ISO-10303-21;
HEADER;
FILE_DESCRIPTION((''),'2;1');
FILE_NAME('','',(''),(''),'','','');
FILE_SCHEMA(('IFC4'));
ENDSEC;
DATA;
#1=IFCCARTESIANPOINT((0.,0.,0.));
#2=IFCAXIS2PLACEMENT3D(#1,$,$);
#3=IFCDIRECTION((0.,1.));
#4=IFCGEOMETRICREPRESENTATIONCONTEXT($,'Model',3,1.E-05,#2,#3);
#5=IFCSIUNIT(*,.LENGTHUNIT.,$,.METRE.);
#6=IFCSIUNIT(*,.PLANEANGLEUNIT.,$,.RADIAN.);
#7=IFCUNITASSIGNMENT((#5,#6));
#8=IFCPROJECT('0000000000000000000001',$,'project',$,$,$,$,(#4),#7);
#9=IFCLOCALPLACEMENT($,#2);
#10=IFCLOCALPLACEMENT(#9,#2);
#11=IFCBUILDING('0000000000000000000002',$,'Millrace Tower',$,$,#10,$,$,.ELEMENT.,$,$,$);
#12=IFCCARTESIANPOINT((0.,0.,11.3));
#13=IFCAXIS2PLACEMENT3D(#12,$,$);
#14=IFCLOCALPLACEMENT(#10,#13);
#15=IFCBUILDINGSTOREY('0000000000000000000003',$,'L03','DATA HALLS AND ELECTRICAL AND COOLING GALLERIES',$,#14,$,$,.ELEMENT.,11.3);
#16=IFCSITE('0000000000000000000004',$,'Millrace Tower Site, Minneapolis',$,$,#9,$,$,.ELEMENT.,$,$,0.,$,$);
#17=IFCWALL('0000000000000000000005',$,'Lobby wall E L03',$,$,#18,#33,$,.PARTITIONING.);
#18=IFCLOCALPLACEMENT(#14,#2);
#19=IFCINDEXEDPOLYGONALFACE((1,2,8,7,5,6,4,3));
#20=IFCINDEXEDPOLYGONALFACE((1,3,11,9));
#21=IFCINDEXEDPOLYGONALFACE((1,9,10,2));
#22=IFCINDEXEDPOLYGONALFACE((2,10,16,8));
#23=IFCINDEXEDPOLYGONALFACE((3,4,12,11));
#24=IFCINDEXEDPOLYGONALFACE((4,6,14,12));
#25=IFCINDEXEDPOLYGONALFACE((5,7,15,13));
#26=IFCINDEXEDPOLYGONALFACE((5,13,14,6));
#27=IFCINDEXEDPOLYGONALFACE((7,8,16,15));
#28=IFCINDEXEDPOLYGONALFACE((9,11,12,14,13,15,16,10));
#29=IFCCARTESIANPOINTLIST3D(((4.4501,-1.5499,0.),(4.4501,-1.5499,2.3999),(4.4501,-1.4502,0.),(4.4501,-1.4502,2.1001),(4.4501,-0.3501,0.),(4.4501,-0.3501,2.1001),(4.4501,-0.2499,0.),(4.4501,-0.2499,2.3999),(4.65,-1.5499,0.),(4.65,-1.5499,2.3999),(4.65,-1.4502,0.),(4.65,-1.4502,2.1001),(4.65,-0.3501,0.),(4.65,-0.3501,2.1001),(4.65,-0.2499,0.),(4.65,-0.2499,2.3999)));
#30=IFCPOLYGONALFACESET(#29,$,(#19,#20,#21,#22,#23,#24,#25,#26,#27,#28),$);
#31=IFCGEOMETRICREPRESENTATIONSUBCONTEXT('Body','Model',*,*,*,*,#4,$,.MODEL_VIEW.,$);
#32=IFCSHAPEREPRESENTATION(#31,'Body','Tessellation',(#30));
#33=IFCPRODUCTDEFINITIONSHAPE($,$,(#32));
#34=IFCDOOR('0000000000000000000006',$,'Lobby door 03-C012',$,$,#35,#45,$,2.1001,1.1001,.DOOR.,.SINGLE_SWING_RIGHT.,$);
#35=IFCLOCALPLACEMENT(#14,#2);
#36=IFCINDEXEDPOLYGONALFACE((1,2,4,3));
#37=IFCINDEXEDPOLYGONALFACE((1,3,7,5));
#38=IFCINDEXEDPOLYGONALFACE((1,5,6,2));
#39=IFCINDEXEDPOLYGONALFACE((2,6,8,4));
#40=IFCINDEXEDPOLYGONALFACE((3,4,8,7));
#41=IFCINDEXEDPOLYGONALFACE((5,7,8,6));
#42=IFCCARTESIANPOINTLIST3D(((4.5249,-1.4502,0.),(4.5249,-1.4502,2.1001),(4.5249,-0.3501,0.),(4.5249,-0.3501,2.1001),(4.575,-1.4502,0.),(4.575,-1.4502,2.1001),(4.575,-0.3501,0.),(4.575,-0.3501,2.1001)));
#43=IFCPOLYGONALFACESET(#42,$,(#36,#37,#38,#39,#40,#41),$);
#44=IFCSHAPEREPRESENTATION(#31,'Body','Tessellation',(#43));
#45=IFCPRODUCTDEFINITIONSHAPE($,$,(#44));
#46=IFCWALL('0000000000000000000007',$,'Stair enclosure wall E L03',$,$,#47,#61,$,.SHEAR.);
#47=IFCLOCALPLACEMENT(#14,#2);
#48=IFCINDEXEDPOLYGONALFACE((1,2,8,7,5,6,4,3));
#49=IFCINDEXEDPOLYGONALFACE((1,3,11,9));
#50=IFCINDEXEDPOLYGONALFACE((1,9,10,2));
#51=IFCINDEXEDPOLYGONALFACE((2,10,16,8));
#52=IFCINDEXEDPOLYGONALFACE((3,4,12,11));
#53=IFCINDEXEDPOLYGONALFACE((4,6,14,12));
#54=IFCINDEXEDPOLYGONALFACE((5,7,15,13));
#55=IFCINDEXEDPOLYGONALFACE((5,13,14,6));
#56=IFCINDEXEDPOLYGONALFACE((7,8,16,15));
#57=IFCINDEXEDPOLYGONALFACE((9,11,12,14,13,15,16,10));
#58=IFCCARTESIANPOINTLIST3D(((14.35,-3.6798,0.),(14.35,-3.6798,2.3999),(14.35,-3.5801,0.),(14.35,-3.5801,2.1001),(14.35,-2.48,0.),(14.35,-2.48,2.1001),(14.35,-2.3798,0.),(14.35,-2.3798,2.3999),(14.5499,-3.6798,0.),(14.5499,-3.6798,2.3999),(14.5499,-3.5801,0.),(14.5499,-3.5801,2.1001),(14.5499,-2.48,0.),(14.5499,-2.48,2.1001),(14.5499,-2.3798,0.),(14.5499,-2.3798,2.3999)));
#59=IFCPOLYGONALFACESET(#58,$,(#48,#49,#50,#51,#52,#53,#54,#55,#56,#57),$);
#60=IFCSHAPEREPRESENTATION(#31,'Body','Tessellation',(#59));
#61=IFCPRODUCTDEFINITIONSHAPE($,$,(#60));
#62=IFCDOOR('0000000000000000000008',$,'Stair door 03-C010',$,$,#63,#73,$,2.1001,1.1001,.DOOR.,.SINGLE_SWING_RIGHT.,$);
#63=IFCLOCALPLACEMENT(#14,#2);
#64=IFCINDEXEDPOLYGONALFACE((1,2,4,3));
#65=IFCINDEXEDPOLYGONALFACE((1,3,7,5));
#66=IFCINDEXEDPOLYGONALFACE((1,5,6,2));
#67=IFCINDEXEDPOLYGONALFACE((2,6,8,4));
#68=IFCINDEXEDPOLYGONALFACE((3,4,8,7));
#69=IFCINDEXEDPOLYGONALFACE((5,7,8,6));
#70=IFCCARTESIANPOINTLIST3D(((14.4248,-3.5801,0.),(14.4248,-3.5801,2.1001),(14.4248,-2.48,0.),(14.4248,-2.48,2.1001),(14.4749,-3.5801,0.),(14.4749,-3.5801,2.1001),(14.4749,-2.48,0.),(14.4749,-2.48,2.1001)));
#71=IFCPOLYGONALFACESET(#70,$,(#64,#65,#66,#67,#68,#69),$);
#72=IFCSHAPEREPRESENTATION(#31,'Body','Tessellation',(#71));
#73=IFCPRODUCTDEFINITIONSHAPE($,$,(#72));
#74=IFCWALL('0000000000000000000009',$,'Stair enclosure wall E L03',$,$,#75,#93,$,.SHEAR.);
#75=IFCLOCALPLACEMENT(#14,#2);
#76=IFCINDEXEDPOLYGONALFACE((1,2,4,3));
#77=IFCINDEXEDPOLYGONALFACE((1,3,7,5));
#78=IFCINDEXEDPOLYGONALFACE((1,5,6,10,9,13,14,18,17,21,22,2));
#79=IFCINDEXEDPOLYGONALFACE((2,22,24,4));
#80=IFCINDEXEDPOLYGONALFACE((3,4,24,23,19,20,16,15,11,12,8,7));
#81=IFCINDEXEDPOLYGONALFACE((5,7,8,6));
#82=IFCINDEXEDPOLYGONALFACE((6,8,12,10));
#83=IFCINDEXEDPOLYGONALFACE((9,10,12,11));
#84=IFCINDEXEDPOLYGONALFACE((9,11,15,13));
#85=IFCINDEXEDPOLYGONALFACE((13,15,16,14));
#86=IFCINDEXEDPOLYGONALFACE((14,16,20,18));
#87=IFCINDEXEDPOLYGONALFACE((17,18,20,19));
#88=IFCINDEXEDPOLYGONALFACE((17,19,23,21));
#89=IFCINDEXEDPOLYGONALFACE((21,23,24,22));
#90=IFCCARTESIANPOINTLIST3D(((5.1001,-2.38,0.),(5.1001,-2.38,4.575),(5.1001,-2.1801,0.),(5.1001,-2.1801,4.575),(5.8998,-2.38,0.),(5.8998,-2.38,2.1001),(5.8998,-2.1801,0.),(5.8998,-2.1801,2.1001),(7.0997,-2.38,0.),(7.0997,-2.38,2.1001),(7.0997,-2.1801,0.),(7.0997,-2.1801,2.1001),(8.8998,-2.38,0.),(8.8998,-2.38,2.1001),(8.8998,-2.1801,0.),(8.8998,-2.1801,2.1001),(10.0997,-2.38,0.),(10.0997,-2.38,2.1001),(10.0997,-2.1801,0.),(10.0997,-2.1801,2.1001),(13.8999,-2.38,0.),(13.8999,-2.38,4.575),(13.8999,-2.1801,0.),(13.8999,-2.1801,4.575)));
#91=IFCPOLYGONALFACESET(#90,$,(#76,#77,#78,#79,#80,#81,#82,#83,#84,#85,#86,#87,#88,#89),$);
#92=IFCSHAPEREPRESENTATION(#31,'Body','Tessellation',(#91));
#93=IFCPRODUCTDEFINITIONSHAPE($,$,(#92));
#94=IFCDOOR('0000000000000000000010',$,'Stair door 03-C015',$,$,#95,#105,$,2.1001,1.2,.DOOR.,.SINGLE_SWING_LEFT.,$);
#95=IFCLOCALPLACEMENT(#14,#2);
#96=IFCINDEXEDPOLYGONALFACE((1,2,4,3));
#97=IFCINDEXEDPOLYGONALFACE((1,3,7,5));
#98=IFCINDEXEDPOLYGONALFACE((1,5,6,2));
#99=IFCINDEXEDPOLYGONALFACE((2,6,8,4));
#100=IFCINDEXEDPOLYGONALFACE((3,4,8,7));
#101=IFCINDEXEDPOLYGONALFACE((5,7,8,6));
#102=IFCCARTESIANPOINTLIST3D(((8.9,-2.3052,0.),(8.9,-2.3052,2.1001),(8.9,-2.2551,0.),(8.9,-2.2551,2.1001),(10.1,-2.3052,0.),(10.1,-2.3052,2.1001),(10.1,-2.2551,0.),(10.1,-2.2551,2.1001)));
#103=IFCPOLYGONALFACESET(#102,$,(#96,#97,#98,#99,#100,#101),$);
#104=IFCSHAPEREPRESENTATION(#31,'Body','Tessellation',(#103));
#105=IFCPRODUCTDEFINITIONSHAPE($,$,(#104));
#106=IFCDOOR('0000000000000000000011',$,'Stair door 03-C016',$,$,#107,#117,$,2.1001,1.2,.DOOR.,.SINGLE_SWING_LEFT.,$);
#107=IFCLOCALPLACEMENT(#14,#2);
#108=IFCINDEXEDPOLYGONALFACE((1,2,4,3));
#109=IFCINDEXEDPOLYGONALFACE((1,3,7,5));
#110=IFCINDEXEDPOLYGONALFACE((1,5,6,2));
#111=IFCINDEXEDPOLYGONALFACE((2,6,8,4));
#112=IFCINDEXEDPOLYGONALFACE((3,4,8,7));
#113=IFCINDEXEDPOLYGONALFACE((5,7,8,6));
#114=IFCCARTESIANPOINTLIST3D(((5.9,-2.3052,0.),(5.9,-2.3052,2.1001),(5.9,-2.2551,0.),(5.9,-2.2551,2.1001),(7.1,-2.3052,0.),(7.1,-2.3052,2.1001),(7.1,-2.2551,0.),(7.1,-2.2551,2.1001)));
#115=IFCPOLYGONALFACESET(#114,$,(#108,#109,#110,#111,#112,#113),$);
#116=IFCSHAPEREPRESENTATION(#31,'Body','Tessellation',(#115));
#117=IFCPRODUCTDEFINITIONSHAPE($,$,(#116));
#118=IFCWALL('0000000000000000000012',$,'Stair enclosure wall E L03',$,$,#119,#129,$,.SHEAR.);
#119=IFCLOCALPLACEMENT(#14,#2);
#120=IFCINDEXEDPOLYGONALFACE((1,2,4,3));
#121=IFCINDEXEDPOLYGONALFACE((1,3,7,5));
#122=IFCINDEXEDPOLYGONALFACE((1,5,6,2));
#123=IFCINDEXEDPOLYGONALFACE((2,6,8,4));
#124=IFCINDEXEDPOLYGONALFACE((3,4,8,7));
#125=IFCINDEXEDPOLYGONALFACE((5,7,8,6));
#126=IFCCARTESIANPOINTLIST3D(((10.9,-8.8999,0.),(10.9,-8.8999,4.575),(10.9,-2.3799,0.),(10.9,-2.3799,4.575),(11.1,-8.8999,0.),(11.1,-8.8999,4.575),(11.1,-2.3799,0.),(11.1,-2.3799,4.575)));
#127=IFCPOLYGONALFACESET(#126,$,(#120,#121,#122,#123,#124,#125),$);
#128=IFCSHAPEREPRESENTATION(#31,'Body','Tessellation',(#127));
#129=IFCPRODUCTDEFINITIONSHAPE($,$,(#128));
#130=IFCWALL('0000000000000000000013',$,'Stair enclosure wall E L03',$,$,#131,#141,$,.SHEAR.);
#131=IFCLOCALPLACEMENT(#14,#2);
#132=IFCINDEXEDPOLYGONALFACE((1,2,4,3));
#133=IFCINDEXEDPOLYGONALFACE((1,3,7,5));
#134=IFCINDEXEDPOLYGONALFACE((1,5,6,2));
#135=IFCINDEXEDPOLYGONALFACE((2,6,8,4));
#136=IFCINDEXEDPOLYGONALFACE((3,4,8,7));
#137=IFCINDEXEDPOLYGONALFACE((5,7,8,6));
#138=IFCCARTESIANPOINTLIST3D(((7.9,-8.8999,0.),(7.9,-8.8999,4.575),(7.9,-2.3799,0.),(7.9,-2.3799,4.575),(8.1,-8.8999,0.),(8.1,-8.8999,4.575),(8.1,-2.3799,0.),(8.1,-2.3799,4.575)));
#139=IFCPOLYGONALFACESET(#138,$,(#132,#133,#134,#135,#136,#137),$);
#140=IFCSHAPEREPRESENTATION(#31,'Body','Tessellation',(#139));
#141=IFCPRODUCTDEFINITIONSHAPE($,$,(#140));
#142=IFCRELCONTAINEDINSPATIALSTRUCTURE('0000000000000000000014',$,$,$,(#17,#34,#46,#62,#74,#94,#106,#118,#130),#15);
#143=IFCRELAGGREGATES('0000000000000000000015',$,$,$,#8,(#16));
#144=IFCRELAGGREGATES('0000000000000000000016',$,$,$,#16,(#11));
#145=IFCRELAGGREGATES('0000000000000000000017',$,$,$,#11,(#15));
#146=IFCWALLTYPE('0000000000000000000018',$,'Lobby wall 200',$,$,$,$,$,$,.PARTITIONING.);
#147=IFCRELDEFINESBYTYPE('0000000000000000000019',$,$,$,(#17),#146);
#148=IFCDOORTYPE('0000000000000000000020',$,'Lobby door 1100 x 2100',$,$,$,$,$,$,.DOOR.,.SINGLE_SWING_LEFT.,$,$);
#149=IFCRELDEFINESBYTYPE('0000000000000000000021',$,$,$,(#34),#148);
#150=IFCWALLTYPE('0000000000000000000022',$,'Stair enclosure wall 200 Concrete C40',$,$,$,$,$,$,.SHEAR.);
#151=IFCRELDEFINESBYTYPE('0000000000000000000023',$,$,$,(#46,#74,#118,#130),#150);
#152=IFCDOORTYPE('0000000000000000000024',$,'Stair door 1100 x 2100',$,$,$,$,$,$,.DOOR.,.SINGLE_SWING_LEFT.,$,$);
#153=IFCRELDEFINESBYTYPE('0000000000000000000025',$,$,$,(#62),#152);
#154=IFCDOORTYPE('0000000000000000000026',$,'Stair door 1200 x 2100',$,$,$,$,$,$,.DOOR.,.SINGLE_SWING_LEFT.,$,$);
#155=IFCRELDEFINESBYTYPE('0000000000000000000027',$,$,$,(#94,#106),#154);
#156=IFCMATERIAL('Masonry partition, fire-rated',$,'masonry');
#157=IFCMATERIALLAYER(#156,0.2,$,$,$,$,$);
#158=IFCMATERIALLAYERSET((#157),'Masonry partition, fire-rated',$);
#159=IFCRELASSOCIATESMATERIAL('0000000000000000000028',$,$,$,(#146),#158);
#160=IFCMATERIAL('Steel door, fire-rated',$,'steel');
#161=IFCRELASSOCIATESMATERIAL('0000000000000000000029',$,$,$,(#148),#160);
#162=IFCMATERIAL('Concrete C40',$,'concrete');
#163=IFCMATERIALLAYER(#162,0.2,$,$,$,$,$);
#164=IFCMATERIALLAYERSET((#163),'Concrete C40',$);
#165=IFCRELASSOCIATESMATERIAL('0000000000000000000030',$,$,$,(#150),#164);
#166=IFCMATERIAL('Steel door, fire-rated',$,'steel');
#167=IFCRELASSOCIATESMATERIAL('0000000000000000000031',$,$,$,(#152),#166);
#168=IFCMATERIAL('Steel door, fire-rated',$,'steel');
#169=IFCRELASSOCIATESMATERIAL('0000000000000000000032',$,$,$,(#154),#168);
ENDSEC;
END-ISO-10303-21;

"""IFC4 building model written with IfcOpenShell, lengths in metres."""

from ifc_helpers import new_model, si_unit, direction, frame, frame_2d, origin, place, context, subcontext, project, spatial, rectangle, extrude, material, layer, layer_set, type_object, element, fill, save


model = new_model("IFC4")

# Units and contexts
model_context = context("Model", 3, precision=1e-05, world=origin(), true_north=direction((0.0, 1.0)))
body_context = subcontext(model_context, "Body", "Model", "MODEL_VIEW")
ifc_project = project(units=[si_unit("LENGTHUNIT", "METRE"), si_unit("PLANEANGLEUNIT", "RADIAN")], contexts=[model_context])

# Site, building, storey
site_placement = place(None, origin())
site = spatial("IfcSite", under=ifc_project, at=site_placement, Name="Millrace Tower Site, Minneapolis", CompositionType="ELEMENT", RefElevation=0.0)
building_placement = place(site_placement, origin())
building = spatial("IfcBuilding", under=site, at=building_placement, Name="Millrace Tower", CompositionType="ELEMENT")
storey_placement = place(building_placement, frame((0.0, 0.0, 11.3)))
storey = spatial("IfcBuildingStorey", under=building, at=storey_placement, Name="L03", Description="DATA HALLS AND ELECTRICAL AND COOLING GALLERIES", CompositionType="ELEMENT", Elevation=11.3)

# Walls, openings, doors
ifc_material_1 = material(Name="Masonry partition, fire-rated", Category="masonry")
ifc_layer_1 = layer(ifc_material_1, 0.2)
ifc_layer_set_1 = layer_set([ifc_layer_1], Name="Masonry partition, fire-rated")
wall_type_1 = type_object("IfcWallType", Name="Lobby wall 200", PredefinedType="PARTITIONING", material=ifc_layer_set_1)
wall_1_placement = place(storey_placement, frame((4.55, -0.25, 0.0), z_axis=(0.0, 0.0, 1.0), x_axis=(0.0, -1.0, 0.0)))
wall_1 = element("IfcWall", 1, at=wall_1_placement, inside=storey, type_object=wall_type_1, Name="Lobby wall E L03", PredefinedType="PARTITIONING", context=body_context, shape_type="SweptSolid", body=[
    extrude(rectangle(XDim=1.3, YDim=0.2, at=frame_2d((0.6499, 0.0))), origin(), (0.0, 0.0, 1.0), 2.3999),
])
opening_1_placement = place(wall_1_placement, frame((0.1001, 0.0, 0.0)))
opening_1 = element("IfcOpeningElement", 2, at=opening_1_placement, cuts=wall_1, PredefinedType="OPENING", context=body_context, shape_type="SweptSolid", body=[
    extrude(rectangle(XDim=1.1001, YDim=2.1001, at=frame_2d((0.55, 1.05))), frame((0.0, 0.1099, 0.0), z_axis=(0.0, -1.0, 0.0), x_axis=(1.0, 0.0, 0.0)), (0.0, 0.0, 1.0), 0.22),
])
ifc_material_2 = material(Name="Steel door, fire-rated", Category="steel")
door_type_1 = type_object("IfcDoorType", Name="Lobby door 1100 x 2100", OperationType="SINGLE_SWING_LEFT", PredefinedType="DOOR", material=ifc_material_2)
door_1_placement = place(opening_1_placement, origin())
door_1 = element("IfcDoor", 3, at=door_1_placement, inside=storey, type_object=door_type_1, Name="Lobby door 03-C012", OperationType="SINGLE_SWING_RIGHT", OverallHeight=2.1001, OverallWidth=1.1001, PredefinedType="DOOR", context=body_context, shape_type="SweptSolid", body=[
    extrude(rectangle(XDim=1.1001, YDim=2.1001, at=frame_2d((0.55, 1.05))), frame((0.0, 0.0249, 0.0), z_axis=(0.0, -1.0, 0.0), x_axis=(1.0, 0.0, 0.0)), (0.0, 0.0, 1.0), 0.05),
])
fill(opening_1, door_1)
ifc_material_3 = material(Name="Concrete C40", Category="concrete")
ifc_layer_2 = layer(ifc_material_3, 0.2)
ifc_layer_set_2 = layer_set([ifc_layer_2], Name="Concrete C40")
wall_type_2 = type_object("IfcWallType", Name="Stair enclosure wall 200 Concrete C40", PredefinedType="SHEAR", material=ifc_layer_set_2)
wall_2_placement = place(storey_placement, frame((14.45, -2.3799, 0.0), z_axis=(0.0, 0.0, 1.0), x_axis=(0.0, -1.0, 0.0)))
wall_2 = element("IfcWall", 4, at=wall_2_placement, inside=storey, type_object=wall_type_2, Name="Stair enclosure wall E L03", PredefinedType="SHEAR", context=body_context, shape_type="SweptSolid", body=[
    extrude(rectangle(XDim=1.3, YDim=0.2, at=frame_2d((0.6499, 0.0))), origin(), (0.0, 0.0, 1.0), 2.3999),
])
opening_2_placement = place(wall_2_placement, frame((0.1001, 0.0, 0.0)))
opening_2 = element("IfcOpeningElement", 5, at=opening_2_placement, cuts=wall_2, PredefinedType="OPENING", context=body_context, shape_type="SweptSolid", body=[
    extrude(rectangle(XDim=1.1001, YDim=2.1001, at=frame_2d((0.55, 1.05))), frame((0.0, 0.1099, 0.0), z_axis=(0.0, -1.0, 0.0), x_axis=(1.0, 0.0, 0.0)), (0.0, 0.0, 1.0), 0.22),
])
ifc_material_4 = material(Name="Steel door, fire-rated", Category="steel")
door_type_2 = type_object("IfcDoorType", Name="Stair door 1100 x 2100", OperationType="SINGLE_SWING_LEFT", PredefinedType="DOOR", material=ifc_material_4)
door_2_placement = place(opening_2_placement, origin())
door_2 = element("IfcDoor", 6, at=door_2_placement, inside=storey, type_object=door_type_2, Name="Stair door 03-C010", OperationType="SINGLE_SWING_RIGHT", OverallHeight=2.1001, OverallWidth=1.1001, PredefinedType="DOOR", context=body_context, shape_type="SweptSolid", body=[
    extrude(rectangle(XDim=1.1001, YDim=2.1001, at=frame_2d((0.55, 1.05))), frame((0.0, 0.0249, 0.0), z_axis=(0.0, -1.0, 0.0), x_axis=(1.0, 0.0, 0.0)), (0.0, 0.0, 1.0), 0.05),
])
fill(opening_2, door_2)

# Wall, openings, doors
wall_3_placement = place(storey_placement, frame((13.8999, -2.28, 0.0), z_axis=(0.0, 0.0, 1.0), x_axis=(-1.0, 0.0, 0.0)))
wall_3 = element("IfcWall", 7, at=wall_3_placement, inside=storey, type_object=wall_type_2, Name="Stair enclosure wall E L03", PredefinedType="SHEAR", context=body_context, shape_type="SweptSolid", body=[
    extrude(rectangle(XDim=8.7998, YDim=0.2, at=frame_2d((4.3999, 0.0))), origin(), (0.0, 0.0, 1.0), 4.575),
])
opening_3_placement = place(wall_3_placement, frame((3.8, 0.0, 0.0)))
opening_3 = element("IfcOpeningElement", 8, at=opening_3_placement, cuts=wall_3, PredefinedType="OPENING", context=body_context, shape_type="SweptSolid", body=[
    extrude(rectangle(XDim=1.2, YDim=2.1001, at=frame_2d((0.6001, 1.05))), frame((0.0, 0.1099, 0.0), z_axis=(0.0, -1.0, 0.0), x_axis=(1.0, 0.0, 0.0)), (0.0, 0.0, 1.0), 0.22),
])
opening_4_placement = place(wall_3_placement, frame((6.8, 0.0, 0.0)))
opening_4 = element("IfcOpeningElement", 9, at=opening_4_placement, cuts=wall_3, PredefinedType="OPENING", context=body_context, shape_type="SweptSolid", body=[
    extrude(rectangle(XDim=1.2, YDim=2.1001, at=frame_2d((0.6001, 1.05))), frame((0.0, 0.1099, 0.0), z_axis=(0.0, -1.0, 0.0), x_axis=(1.0, 0.0, 0.0)), (0.0, 0.0, 1.0), 0.22),
])
ifc_material_5 = material(Name="Steel door, fire-rated", Category="steel")
door_type_3 = type_object("IfcDoorType", Name="Stair door 1200 x 2100", OperationType="SINGLE_SWING_LEFT", PredefinedType="DOOR", material=ifc_material_5)
door_3_placement = place(opening_3_placement, frame((1.2, 0.0, 0.0), z_axis=(0.0, 0.0, 1.0), x_axis=(-1.0, 0.0, 0.0)))
door_3 = element("IfcDoor", 10, at=door_3_placement, inside=storey, type_object=door_type_3, Name="Stair door 03-C015", OperationType="SINGLE_SWING_LEFT", OverallHeight=2.1001, OverallWidth=1.2, PredefinedType="DOOR", context=body_context, shape_type="SweptSolid", body=[
    extrude(rectangle(XDim=1.2, YDim=2.1001, at=frame_2d((0.6001, 1.05))), frame((0.0, 0.0249, 0.0), z_axis=(0.0, -1.0, 0.0), x_axis=(1.0, 0.0, 0.0)), (0.0, 0.0, 1.0), 0.05),
])
fill(opening_3, door_3)
door_4_placement = place(opening_4_placement, frame((1.2, 0.0, 0.0), z_axis=(0.0, 0.0, 1.0), x_axis=(-1.0, 0.0, 0.0)))
door_4 = element("IfcDoor", 11, at=door_4_placement, inside=storey, type_object=door_type_3, Name="Stair door 03-C016", OperationType="SINGLE_SWING_LEFT", OverallHeight=2.1001, OverallWidth=1.2, PredefinedType="DOOR", context=body_context, shape_type="SweptSolid", body=[
    extrude(rectangle(XDim=1.2, YDim=2.1001, at=frame_2d((0.6001, 1.05))), frame((0.0, 0.0249, 0.0), z_axis=(0.0, -1.0, 0.0), x_axis=(1.0, 0.0, 0.0)), (0.0, 0.0, 1.0), 0.05),
])
fill(opening_4, door_4)

# Walls
for number, where, z_axis, x_axis, name in (
    (12, (11.0, -2.3799, 0.0), (0.0, 0.0, 1.0), (0.0, -1.0, 0.0), "Stair enclosure wall E L03"),
    (13, (8.0, -2.3799, 0.0), (0.0, 0.0, 1.0), (0.0, -1.0, 0.0), "Stair enclosure wall E L03"),
):
    element("IfcWall", number, at=place(storey_placement, frame(where, z_axis=z_axis, x_axis=x_axis)), inside=storey, type_object=wall_type_2, Name=name, PredefinedType="SHEAR", context=body_context, shape_type="SweptSolid", body=[
        extrude(rectangle(XDim=6.52, YDim=0.2, at=frame_2d((3.26, 0.0))), origin(), (0.0, 0.0, 1.0), 4.575),
    ])

save(model, "model.ifc")
